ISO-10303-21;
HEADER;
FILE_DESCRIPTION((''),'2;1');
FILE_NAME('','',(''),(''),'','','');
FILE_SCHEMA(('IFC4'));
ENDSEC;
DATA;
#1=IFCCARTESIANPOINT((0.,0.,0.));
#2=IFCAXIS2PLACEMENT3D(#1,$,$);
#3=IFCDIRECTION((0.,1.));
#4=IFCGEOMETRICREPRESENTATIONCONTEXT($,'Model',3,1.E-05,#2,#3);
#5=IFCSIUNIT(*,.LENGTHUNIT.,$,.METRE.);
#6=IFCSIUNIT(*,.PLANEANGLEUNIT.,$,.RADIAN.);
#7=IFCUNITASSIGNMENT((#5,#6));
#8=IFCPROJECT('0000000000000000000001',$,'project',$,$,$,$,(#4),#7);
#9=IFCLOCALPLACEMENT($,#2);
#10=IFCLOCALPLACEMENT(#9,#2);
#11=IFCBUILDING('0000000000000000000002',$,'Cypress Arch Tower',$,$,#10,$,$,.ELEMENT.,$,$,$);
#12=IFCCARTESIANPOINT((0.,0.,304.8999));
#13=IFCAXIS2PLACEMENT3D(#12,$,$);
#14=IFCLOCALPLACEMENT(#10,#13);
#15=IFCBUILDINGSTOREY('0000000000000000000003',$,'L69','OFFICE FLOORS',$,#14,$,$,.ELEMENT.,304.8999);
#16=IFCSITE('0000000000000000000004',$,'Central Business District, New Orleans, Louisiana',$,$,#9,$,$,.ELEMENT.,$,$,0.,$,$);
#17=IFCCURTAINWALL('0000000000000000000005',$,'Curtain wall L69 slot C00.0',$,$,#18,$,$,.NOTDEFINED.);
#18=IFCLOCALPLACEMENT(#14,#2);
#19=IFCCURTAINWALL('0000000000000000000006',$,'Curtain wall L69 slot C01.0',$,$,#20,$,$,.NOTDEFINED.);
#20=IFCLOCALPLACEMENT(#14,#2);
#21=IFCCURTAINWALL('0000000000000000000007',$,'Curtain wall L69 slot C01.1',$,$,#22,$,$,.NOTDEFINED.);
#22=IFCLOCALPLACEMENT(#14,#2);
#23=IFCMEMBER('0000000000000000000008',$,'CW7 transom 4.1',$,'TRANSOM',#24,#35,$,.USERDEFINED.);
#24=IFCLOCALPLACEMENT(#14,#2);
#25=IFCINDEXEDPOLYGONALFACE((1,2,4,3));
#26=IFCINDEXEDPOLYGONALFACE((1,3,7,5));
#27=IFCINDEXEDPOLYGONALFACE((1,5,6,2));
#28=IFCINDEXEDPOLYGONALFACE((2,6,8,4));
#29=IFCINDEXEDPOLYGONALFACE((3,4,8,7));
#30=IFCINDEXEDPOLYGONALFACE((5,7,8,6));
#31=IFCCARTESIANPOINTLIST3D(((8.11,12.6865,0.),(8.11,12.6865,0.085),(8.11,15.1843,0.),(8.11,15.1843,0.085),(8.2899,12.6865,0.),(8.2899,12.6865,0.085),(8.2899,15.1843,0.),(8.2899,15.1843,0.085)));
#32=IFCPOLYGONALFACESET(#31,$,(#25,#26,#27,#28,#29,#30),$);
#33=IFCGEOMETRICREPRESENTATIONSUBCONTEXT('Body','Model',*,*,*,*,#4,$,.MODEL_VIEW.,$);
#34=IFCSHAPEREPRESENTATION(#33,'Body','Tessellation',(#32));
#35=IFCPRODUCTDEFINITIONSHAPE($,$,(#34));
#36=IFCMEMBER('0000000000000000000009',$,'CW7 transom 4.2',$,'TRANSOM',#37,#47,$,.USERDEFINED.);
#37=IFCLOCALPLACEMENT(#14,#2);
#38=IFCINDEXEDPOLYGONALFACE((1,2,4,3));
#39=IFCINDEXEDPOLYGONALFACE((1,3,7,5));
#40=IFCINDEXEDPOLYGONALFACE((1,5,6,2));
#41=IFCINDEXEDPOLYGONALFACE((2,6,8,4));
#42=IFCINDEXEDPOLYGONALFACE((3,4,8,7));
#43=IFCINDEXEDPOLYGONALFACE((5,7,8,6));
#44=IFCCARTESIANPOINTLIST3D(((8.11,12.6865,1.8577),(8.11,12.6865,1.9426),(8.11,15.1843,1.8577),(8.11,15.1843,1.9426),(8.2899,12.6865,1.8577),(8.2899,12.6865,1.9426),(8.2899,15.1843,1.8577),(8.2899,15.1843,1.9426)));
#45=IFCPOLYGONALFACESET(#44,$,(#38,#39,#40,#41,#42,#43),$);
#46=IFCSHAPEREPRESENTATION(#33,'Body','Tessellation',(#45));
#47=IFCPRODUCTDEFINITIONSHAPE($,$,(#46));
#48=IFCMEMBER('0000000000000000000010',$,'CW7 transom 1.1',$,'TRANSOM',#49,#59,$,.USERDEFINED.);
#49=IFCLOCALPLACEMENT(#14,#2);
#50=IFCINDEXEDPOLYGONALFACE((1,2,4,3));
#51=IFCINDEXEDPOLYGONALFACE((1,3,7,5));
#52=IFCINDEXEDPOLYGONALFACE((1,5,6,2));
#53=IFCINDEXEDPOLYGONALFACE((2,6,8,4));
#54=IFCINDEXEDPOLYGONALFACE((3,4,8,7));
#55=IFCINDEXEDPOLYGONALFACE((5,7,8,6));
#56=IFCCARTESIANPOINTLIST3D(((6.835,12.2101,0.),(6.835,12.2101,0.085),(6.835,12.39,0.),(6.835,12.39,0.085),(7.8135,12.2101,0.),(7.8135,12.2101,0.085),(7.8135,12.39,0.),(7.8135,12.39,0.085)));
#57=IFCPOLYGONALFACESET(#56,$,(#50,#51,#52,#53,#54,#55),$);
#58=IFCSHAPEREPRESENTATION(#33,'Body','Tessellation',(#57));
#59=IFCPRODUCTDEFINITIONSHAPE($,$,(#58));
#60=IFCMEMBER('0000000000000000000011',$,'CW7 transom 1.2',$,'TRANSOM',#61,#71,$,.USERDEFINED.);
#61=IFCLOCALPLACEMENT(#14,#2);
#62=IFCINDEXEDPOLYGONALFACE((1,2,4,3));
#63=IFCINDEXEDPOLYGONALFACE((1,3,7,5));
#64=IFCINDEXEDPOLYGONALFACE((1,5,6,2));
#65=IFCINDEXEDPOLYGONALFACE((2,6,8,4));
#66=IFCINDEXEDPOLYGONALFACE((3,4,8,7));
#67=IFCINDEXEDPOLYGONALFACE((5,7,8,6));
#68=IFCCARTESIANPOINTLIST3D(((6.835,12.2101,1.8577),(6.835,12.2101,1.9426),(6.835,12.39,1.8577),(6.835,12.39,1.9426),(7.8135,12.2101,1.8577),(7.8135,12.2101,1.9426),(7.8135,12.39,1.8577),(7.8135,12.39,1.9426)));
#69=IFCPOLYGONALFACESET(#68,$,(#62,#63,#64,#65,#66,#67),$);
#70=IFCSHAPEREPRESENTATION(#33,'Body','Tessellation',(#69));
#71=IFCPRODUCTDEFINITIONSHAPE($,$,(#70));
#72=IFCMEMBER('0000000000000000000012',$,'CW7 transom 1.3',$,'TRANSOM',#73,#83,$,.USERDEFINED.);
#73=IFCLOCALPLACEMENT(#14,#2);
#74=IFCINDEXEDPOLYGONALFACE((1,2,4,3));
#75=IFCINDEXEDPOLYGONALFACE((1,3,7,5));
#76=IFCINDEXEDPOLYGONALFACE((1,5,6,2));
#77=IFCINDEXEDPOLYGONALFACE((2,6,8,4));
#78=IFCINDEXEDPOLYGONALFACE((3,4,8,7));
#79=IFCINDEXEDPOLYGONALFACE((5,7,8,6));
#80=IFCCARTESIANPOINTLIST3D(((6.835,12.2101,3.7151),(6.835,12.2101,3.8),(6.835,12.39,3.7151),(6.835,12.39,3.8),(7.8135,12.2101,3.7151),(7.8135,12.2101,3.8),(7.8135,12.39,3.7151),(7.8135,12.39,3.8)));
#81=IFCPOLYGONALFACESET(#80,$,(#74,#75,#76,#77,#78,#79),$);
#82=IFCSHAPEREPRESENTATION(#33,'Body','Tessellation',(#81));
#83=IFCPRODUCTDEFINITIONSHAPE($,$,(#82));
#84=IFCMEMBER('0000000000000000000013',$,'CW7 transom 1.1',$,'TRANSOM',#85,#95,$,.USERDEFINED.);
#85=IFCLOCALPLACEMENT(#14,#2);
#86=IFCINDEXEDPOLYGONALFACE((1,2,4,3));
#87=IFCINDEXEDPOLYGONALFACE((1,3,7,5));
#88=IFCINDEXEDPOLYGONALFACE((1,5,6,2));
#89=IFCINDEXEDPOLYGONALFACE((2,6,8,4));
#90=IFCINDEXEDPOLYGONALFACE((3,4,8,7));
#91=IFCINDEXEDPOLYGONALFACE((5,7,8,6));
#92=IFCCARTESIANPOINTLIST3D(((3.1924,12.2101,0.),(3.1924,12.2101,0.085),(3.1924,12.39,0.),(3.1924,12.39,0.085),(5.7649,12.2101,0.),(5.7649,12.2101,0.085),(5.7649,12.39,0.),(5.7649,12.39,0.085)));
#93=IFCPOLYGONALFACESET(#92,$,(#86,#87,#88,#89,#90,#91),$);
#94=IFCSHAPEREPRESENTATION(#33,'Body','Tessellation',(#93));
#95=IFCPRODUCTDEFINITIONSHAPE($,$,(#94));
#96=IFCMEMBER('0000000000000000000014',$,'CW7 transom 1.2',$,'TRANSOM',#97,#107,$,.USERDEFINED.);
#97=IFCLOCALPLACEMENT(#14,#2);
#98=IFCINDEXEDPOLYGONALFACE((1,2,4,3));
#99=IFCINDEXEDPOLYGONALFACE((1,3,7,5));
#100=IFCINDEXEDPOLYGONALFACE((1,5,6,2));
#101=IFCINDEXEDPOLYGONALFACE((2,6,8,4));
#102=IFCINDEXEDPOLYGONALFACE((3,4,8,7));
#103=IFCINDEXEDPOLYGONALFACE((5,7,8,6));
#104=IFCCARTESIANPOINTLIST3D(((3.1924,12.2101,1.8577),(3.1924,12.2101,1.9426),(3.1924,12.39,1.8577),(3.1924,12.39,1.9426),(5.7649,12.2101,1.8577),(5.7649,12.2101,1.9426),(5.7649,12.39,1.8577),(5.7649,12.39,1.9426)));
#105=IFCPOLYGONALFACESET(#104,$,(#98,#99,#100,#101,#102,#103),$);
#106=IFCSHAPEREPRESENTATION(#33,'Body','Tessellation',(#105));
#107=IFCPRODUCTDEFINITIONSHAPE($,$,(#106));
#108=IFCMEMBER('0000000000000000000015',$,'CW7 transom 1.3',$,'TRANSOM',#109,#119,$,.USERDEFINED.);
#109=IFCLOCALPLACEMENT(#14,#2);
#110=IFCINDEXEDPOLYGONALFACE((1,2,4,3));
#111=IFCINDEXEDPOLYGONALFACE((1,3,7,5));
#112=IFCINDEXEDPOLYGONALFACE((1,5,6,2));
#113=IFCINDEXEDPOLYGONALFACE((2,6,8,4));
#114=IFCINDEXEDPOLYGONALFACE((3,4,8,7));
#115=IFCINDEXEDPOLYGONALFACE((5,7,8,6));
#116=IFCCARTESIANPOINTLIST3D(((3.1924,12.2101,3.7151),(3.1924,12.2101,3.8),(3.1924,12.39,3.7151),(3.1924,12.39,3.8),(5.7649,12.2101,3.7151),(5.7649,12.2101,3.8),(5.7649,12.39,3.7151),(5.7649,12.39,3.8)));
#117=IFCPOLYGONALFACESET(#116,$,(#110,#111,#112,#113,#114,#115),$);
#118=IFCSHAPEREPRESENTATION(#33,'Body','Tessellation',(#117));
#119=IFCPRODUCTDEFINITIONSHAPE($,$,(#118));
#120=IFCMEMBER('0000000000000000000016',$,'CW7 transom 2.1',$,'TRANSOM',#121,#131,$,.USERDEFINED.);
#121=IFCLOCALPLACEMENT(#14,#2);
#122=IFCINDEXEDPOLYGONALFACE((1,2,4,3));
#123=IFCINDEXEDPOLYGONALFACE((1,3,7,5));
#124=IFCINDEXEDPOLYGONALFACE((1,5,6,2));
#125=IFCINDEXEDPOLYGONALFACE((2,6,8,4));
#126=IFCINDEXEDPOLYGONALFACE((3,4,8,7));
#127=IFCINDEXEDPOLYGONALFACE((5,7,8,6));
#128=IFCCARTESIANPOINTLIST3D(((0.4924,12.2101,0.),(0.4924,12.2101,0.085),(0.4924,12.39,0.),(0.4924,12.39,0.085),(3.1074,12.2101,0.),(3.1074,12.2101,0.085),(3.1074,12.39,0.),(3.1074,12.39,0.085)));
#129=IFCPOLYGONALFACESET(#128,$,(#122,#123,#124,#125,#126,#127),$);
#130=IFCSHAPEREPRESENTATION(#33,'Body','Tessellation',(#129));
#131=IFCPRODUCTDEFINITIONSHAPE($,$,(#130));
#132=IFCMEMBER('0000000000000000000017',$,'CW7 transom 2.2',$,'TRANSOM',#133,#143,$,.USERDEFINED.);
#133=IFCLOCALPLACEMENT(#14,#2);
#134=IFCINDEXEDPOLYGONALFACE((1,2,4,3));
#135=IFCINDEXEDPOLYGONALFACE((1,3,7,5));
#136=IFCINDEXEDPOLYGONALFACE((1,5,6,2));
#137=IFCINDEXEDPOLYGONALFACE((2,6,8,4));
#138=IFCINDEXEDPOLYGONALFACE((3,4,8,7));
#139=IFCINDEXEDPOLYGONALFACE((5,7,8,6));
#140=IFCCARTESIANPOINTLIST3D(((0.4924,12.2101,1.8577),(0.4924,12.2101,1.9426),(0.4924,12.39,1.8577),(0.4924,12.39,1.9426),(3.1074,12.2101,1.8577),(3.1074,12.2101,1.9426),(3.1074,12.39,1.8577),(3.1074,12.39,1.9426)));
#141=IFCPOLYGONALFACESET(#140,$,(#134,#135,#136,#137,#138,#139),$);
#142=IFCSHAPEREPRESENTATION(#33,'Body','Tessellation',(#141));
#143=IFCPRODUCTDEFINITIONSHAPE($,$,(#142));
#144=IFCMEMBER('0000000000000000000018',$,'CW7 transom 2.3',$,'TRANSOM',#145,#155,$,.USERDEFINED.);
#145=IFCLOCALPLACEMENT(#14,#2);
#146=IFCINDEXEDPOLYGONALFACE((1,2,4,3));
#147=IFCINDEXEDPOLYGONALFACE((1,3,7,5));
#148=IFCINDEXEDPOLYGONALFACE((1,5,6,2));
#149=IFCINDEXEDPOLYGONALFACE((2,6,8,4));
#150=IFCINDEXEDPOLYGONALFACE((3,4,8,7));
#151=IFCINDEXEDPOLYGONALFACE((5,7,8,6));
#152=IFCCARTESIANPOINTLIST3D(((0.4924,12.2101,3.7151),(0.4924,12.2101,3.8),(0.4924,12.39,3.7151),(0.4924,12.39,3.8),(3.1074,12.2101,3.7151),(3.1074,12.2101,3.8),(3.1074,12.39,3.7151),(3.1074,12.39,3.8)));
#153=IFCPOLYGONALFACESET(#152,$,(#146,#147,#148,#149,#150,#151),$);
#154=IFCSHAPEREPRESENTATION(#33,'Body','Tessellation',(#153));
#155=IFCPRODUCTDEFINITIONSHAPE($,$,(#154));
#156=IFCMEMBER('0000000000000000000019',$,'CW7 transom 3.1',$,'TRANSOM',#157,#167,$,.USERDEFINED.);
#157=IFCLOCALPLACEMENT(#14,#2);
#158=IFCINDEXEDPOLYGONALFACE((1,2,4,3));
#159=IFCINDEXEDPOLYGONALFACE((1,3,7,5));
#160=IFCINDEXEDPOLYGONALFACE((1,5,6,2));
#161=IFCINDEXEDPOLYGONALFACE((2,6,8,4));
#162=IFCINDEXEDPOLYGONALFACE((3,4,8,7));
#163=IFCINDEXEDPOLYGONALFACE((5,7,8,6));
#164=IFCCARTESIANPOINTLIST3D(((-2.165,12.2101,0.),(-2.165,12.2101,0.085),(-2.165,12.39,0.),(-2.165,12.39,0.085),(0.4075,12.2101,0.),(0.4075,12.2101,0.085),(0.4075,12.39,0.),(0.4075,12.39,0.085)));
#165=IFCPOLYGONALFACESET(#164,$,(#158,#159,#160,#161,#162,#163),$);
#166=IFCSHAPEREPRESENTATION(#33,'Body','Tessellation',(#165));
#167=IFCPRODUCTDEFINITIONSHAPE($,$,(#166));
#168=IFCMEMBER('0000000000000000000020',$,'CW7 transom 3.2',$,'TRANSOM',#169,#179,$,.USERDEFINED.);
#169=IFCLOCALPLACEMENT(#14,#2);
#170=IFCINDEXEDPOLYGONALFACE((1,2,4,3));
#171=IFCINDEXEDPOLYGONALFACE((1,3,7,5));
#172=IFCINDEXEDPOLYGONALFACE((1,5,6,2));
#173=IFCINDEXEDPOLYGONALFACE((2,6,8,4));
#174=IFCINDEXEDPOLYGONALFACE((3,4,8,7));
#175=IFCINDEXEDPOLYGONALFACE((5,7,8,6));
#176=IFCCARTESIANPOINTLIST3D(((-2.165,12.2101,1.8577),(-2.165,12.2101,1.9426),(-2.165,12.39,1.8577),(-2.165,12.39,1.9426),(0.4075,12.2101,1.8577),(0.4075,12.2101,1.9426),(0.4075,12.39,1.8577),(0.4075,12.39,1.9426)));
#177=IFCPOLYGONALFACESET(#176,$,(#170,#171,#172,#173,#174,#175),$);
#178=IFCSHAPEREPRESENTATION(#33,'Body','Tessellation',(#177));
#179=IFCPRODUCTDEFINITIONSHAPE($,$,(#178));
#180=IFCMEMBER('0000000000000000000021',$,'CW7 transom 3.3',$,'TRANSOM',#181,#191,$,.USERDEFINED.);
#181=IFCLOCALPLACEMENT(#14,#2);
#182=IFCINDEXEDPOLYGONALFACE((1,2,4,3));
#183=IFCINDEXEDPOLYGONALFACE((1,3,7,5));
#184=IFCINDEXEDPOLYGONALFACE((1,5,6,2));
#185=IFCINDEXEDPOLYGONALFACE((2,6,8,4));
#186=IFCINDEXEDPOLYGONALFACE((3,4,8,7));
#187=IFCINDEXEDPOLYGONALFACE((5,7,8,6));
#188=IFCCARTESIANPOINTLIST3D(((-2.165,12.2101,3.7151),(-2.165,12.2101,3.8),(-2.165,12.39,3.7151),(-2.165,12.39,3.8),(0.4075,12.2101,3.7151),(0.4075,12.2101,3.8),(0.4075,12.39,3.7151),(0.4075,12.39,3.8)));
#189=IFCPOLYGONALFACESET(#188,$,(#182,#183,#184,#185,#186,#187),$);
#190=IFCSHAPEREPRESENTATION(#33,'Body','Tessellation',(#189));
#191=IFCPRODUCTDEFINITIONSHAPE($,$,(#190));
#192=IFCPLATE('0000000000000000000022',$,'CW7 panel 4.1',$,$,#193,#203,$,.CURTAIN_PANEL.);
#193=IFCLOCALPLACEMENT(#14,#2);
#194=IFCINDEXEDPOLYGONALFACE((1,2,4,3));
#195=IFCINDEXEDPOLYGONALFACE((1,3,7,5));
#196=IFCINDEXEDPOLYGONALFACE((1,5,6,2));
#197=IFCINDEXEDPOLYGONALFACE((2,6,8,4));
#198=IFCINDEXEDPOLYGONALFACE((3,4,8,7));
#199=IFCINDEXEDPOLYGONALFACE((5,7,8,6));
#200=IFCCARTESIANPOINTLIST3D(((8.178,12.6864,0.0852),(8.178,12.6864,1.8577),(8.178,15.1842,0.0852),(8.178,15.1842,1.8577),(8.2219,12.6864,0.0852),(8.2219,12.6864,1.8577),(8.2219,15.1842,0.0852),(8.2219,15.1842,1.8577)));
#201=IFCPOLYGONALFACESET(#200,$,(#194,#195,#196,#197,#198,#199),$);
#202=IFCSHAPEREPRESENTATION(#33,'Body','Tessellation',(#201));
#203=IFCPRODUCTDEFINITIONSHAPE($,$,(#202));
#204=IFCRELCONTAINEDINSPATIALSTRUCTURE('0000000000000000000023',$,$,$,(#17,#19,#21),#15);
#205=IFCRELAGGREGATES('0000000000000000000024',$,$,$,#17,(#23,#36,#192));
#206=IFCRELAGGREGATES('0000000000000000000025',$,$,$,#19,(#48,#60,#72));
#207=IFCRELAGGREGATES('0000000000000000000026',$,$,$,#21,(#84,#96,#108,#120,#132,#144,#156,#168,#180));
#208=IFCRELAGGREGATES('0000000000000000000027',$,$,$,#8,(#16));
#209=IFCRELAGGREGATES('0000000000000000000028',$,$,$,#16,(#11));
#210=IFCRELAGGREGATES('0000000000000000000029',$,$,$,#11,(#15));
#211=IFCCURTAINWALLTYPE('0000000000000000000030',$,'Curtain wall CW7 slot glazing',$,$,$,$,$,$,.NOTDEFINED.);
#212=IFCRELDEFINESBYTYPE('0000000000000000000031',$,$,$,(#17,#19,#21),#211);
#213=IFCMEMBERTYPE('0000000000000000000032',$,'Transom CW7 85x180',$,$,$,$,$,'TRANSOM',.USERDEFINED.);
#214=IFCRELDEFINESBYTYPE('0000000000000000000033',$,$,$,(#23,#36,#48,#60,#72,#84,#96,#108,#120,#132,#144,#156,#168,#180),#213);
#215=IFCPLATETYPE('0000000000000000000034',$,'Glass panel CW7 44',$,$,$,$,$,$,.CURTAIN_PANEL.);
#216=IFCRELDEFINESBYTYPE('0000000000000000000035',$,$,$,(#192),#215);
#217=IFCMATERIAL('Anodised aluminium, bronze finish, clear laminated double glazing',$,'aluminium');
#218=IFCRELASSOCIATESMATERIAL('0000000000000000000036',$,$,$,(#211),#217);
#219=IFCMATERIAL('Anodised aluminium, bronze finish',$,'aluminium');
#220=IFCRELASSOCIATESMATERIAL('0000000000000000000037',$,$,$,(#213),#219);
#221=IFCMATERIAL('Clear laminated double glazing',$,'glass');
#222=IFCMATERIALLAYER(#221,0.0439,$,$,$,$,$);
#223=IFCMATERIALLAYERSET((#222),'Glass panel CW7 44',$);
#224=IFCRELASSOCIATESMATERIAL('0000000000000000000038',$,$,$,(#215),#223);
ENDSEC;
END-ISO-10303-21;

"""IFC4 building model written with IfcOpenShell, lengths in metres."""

from ifc_helpers import new_model, si_unit, direction, frame, origin, origin_2d, place, context, subcontext, project, spatial, rectangle, extrude, material, layer, layer_set, material_profile, profile_set, type_object, element, aggregate, save


model = new_model("IFC4")

# Units and contexts
model_context = context("Model", 3, precision=1e-05, world=origin(), true_north=direction((0.0, 1.0)))
body_context = subcontext(model_context, "Body", "Model", "MODEL_VIEW")
ifc_project = project(units=[si_unit("LENGTHUNIT", "METRE"), si_unit("PLANEANGLEUNIT", "RADIAN")], contexts=[model_context])

# Site, building, storey
site_placement = place(None, origin())
site = spatial("IfcSite", under=ifc_project, at=site_placement, Name="Central Business District, New Orleans, Louisiana", CompositionType="ELEMENT", RefElevation=0.0)
building_placement = place(site_placement, origin())
building = spatial("IfcBuilding", under=site, at=building_placement, Name="Cypress Arch Tower", CompositionType="ELEMENT")
storey_placement = place(building_placement, frame((0.0, 0.0, 304.8999)))
storey = spatial("IfcBuildingStorey", under=building, at=storey_placement, Name="L69", Description="OFFICE FLOORS", CompositionType="ELEMENT", Elevation=304.8999)

# Curtain wall
ifc_material_1 = material(Name="Anodised aluminium, bronze finish, clear laminated double glazing", Category="aluminium")
curtain_wall_type = type_object("IfcCurtainWallType", Name="Curtain wall CW7 slot glazing", PredefinedType="NOTDEFINED", material=ifc_material_1)
curtain_wall_1_placement = place(storey_placement, origin())
curtain_wall_1 = element("IfcCurtainWall", 1, at=curtain_wall_1_placement, inside=storey, type_object=curtain_wall_type, Name="Curtain wall L69 slot C00.0", PredefinedType="NOTDEFINED")

# Curtain walls
curtain_wall_2_placement = place(storey_placement, origin())
curtain_wall_2 = element("IfcCurtainWall", 2, at=curtain_wall_2_placement, inside=storey, type_object=curtain_wall_type, Name="Curtain wall L69 slot C01.0", PredefinedType="NOTDEFINED")
curtain_wall_3_placement = place(storey_placement, origin())
curtain_wall_3 = element("IfcCurtainWall", 3, at=curtain_wall_3_placement, inside=storey, type_object=curtain_wall_type, Name="Curtain wall L69 slot C01.1", PredefinedType="NOTDEFINED")

# Members
ifc_material_2 = material(Name="Anodised aluminium, bronze finish", Category="aluminium")
ifc_material_profile_1 = material_profile(ifc_material_2, rectangle(XDim=0.1799, YDim=0.085, at=origin_2d()), Name="Transom 85x180")
ifc_profile_set_1 = profile_set([ifc_material_profile_1], Name="Anodised aluminium, bronze finish")
member_type_1 = type_object("IfcMemberType", Name="Transom CW7 85x180", ElementType="TRANSOM", PredefinedType="USERDEFINED", material=ifc_profile_set_1)
member_1_placement = place(storey_placement, frame((8.2, 15.1843, 0.0425), z_axis=(0.0, -1.0, 0.0), x_axis=(1.0, 0.0, 0.0)))
member_1 = element("IfcMember", 4, at=member_1_placement, type_object=member_type_1, Name="CW7 transom 4.1", ObjectType="TRANSOM", PredefinedType="USERDEFINED", context=body_context, shape_type="SweptSolid", body=[
    extrude(rectangle(XDim=0.1799, YDim=0.085, at=origin_2d()), origin(), (0.0, 0.0, 1.0), 2.4978),
])
member_2_placement = place(storey_placement, frame((8.2, 15.1843, 1.9001), z_axis=(0.0, -1.0, 0.0), x_axis=(1.0, 0.0, 0.0)))
member_2 = element("IfcMember", 5, at=member_2_placement, type_object=member_type_1, Name="CW7 transom 4.2", ObjectType="TRANSOM", PredefinedType="USERDEFINED", context=body_context, shape_type="SweptSolid", body=[
    extrude(rectangle(XDim=0.1799, YDim=0.085, at=origin_2d()), origin(), (0.0, 0.0, 1.0), 2.4978),
])
member_3_placement = place(storey_placement, frame((7.8135, 12.3, 0.0425), z_axis=(-1.0, 0.0, 0.0), x_axis=(0.0, -1.0, 0.0)))
member_3 = element("IfcMember", 6, at=member_3_placement, type_object=member_type_1, Name="CW7 transom 1.1", ObjectType="TRANSOM", PredefinedType="USERDEFINED", context=body_context, shape_type="SweptSolid", body=[
    extrude(rectangle(XDim=0.1799, YDim=0.085, at=origin_2d()), origin(), (0.0, 0.0, 1.0), 0.9785),
])
member_4_placement = place(storey_placement, frame((7.8135, 12.3, 1.9001), z_axis=(-1.0, 0.0, 0.0), x_axis=(0.0, -1.0, 0.0)))
member_4 = element("IfcMember", 7, at=member_4_placement, type_object=member_type_1, Name="CW7 transom 1.2", ObjectType="TRANSOM", PredefinedType="USERDEFINED", context=body_context, shape_type="SweptSolid", body=[
    extrude(rectangle(XDim=0.1799, YDim=0.085, at=origin_2d()), origin(), (0.0, 0.0, 1.0), 0.9785),
])
member_5_placement = place(storey_placement, frame((7.8135, 12.3, 3.7576), z_axis=(-1.0, 0.0, 0.0), x_axis=(0.0, -1.0, 0.0)))
member_5 = element("IfcMember", 8, at=member_5_placement, type_object=member_type_1, Name="CW7 transom 1.3", ObjectType="TRANSOM", PredefinedType="USERDEFINED", context=body_context, shape_type="SweptSolid", body=[
    extrude(rectangle(XDim=0.1799, YDim=0.085, at=origin_2d()), origin(), (0.0, 0.0, 1.0), 0.9785),
])
member_6_placement = place(storey_placement, frame((5.7649, 12.3, 0.0425), z_axis=(-1.0, 0.0, 0.0), x_axis=(0.0, -1.0, 0.0)))
member_6 = element("IfcMember", 9, at=member_6_placement, type_object=member_type_1, Name="CW7 transom 1.1", ObjectType="TRANSOM", PredefinedType="USERDEFINED", context=body_context, shape_type="SweptSolid", body=[
    extrude(rectangle(XDim=0.1799, YDim=0.085, at=origin_2d()), origin(), (0.0, 0.0, 1.0), 2.5725),
])
member_7_placement = place(storey_placement, frame((5.7649, 12.3, 1.9001), z_axis=(-1.0, 0.0, 0.0), x_axis=(0.0, -1.0, 0.0)))
member_7 = element("IfcMember", 10, at=member_7_placement, type_object=member_type_1, Name="CW7 transom 1.2", ObjectType="TRANSOM", PredefinedType="USERDEFINED", context=body_context, shape_type="SweptSolid", body=[
    extrude(rectangle(XDim=0.1799, YDim=0.085, at=origin_2d()), origin(), (0.0, 0.0, 1.0), 2.5725),
])
member_8_placement = place(storey_placement, frame((5.7649, 12.3, 3.7576), z_axis=(-1.0, 0.0, 0.0), x_axis=(0.0, -1.0, 0.0)))
member_8 = element("IfcMember", 11, at=member_8_placement, type_object=member_type_1, Name="CW7 transom 1.3", ObjectType="TRANSOM", PredefinedType="USERDEFINED", context=body_context, shape_type="SweptSolid", body=[
    extrude(rectangle(XDim=0.1799, YDim=0.085, at=origin_2d()), origin(), (0.0, 0.0, 1.0), 2.5725),
])
member_9_placement = place(storey_placement, frame((3.1074, 12.3, 0.0425), z_axis=(-1.0, 0.0, 0.0), x_axis=(0.0, -1.0, 0.0)))
member_9 = element("IfcMember", 12, at=member_9_placement, type_object=member_type_1, Name="CW7 transom 2.1", ObjectType="TRANSOM", PredefinedType="USERDEFINED", context=body_context, shape_type="SweptSolid", body=[
    extrude(rectangle(XDim=0.1799, YDim=0.085, at=origin_2d()), origin(), (0.0, 0.0, 1.0), 2.615),
])
member_10_placement = place(storey_placement, frame((3.1074, 12.3, 1.9001), z_axis=(-1.0, 0.0, 0.0), x_axis=(0.0, -1.0, 0.0)))
member_10 = element("IfcMember", 13, at=member_10_placement, type_object=member_type_1, Name="CW7 transom 2.2", ObjectType="TRANSOM", PredefinedType="USERDEFINED", context=body_context, shape_type="SweptSolid", body=[
    extrude(rectangle(XDim=0.1799, YDim=0.085, at=origin_2d()), origin(), (0.0, 0.0, 1.0), 2.615),
])
member_11_placement = place(storey_placement, frame((3.1074, 12.3, 3.7576), z_axis=(-1.0, 0.0, 0.0), x_axis=(0.0, -1.0, 0.0)))
member_11 = element("IfcMember", 14, at=member_11_placement, type_object=member_type_1, Name="CW7 transom 2.3", ObjectType="TRANSOM", PredefinedType="USERDEFINED", context=body_context, shape_type="SweptSolid", body=[
    extrude(rectangle(XDim=0.1799, YDim=0.085, at=origin_2d()), origin(), (0.0, 0.0, 1.0), 2.615),
])
member_12_placement = place(storey_placement, frame((0.4075, 12.3, 0.0425), z_axis=(-1.0, 0.0, 0.0), x_axis=(0.0, -1.0, 0.0)))
member_12 = element("IfcMember", 15, at=member_12_placement, type_object=member_type_1, Name="CW7 transom 3.1", ObjectType="TRANSOM", PredefinedType="USERDEFINED", context=body_context, shape_type="SweptSolid", body=[
    extrude(rectangle(XDim=0.1799, YDim=0.085, at=origin_2d()), origin(), (0.0, 0.0, 1.0), 2.5725),
])
member_13_placement = place(storey_placement, frame((0.4075, 12.3, 1.9001), z_axis=(-1.0, 0.0, 0.0), x_axis=(0.0, -1.0, 0.0)))
member_13 = element("IfcMember", 16, at=member_13_placement, type_object=member_type_1, Name="CW7 transom 3.2", ObjectType="TRANSOM", PredefinedType="USERDEFINED", context=body_context, shape_type="SweptSolid", body=[
    extrude(rectangle(XDim=0.1799, YDim=0.085, at=origin_2d()), origin(), (0.0, 0.0, 1.0), 2.5725),
])
member_14_placement = place(storey_placement, frame((0.4075, 12.3, 3.7576), z_axis=(-1.0, 0.0, 0.0), x_axis=(0.0, -1.0, 0.0)))
member_14 = element("IfcMember", 17, at=member_14_placement, type_object=member_type_1, Name="CW7 transom 3.3", ObjectType="TRANSOM", PredefinedType="USERDEFINED", context=body_context, shape_type="SweptSolid", body=[
    extrude(rectangle(XDim=0.1799, YDim=0.085, at=origin_2d()), origin(), (0.0, 0.0, 1.0), 2.5725),
])

# Plate
ifc_material_3 = material(Name="Clear laminated double glazing", Category="glass")
ifc_layer_1 = layer(ifc_material_3, 0.0439)
ifc_layer_set_1 = layer_set([ifc_layer_1], Name="Glass panel CW7 44")
plate_type = type_object("IfcPlateType", Name="Glass panel CW7 44", PredefinedType="CURTAIN_PANEL", material=ifc_layer_set_1)
plate_1_placement = place(storey_placement, frame((8.2, 13.9353, 0.0852), z_axis=(0.0, 0.0, 1.0), x_axis=(0.0, -1.0, 0.0)))
plate_1 = element("IfcPlate", 18, at=plate_1_placement, type_object=plate_type, Name="CW7 panel 4.1", PredefinedType="CURTAIN_PANEL", context=body_context, shape_type="SweptSolid", body=[
    extrude(rectangle(XDim=2.4978, YDim=0.0439, at=origin_2d()), origin(), (0.0, 0.0, 1.0), 1.7725),
])
aggregate(curtain_wall_1, [member_1, member_2, plate_1])
aggregate(curtain_wall_2, [member_3, member_4, member_5])
aggregate(curtain_wall_3, [member_6, member_7, member_8, member_9, member_10, member_11, member_12, member_13, member_14])

save(model, "model.ifc")
